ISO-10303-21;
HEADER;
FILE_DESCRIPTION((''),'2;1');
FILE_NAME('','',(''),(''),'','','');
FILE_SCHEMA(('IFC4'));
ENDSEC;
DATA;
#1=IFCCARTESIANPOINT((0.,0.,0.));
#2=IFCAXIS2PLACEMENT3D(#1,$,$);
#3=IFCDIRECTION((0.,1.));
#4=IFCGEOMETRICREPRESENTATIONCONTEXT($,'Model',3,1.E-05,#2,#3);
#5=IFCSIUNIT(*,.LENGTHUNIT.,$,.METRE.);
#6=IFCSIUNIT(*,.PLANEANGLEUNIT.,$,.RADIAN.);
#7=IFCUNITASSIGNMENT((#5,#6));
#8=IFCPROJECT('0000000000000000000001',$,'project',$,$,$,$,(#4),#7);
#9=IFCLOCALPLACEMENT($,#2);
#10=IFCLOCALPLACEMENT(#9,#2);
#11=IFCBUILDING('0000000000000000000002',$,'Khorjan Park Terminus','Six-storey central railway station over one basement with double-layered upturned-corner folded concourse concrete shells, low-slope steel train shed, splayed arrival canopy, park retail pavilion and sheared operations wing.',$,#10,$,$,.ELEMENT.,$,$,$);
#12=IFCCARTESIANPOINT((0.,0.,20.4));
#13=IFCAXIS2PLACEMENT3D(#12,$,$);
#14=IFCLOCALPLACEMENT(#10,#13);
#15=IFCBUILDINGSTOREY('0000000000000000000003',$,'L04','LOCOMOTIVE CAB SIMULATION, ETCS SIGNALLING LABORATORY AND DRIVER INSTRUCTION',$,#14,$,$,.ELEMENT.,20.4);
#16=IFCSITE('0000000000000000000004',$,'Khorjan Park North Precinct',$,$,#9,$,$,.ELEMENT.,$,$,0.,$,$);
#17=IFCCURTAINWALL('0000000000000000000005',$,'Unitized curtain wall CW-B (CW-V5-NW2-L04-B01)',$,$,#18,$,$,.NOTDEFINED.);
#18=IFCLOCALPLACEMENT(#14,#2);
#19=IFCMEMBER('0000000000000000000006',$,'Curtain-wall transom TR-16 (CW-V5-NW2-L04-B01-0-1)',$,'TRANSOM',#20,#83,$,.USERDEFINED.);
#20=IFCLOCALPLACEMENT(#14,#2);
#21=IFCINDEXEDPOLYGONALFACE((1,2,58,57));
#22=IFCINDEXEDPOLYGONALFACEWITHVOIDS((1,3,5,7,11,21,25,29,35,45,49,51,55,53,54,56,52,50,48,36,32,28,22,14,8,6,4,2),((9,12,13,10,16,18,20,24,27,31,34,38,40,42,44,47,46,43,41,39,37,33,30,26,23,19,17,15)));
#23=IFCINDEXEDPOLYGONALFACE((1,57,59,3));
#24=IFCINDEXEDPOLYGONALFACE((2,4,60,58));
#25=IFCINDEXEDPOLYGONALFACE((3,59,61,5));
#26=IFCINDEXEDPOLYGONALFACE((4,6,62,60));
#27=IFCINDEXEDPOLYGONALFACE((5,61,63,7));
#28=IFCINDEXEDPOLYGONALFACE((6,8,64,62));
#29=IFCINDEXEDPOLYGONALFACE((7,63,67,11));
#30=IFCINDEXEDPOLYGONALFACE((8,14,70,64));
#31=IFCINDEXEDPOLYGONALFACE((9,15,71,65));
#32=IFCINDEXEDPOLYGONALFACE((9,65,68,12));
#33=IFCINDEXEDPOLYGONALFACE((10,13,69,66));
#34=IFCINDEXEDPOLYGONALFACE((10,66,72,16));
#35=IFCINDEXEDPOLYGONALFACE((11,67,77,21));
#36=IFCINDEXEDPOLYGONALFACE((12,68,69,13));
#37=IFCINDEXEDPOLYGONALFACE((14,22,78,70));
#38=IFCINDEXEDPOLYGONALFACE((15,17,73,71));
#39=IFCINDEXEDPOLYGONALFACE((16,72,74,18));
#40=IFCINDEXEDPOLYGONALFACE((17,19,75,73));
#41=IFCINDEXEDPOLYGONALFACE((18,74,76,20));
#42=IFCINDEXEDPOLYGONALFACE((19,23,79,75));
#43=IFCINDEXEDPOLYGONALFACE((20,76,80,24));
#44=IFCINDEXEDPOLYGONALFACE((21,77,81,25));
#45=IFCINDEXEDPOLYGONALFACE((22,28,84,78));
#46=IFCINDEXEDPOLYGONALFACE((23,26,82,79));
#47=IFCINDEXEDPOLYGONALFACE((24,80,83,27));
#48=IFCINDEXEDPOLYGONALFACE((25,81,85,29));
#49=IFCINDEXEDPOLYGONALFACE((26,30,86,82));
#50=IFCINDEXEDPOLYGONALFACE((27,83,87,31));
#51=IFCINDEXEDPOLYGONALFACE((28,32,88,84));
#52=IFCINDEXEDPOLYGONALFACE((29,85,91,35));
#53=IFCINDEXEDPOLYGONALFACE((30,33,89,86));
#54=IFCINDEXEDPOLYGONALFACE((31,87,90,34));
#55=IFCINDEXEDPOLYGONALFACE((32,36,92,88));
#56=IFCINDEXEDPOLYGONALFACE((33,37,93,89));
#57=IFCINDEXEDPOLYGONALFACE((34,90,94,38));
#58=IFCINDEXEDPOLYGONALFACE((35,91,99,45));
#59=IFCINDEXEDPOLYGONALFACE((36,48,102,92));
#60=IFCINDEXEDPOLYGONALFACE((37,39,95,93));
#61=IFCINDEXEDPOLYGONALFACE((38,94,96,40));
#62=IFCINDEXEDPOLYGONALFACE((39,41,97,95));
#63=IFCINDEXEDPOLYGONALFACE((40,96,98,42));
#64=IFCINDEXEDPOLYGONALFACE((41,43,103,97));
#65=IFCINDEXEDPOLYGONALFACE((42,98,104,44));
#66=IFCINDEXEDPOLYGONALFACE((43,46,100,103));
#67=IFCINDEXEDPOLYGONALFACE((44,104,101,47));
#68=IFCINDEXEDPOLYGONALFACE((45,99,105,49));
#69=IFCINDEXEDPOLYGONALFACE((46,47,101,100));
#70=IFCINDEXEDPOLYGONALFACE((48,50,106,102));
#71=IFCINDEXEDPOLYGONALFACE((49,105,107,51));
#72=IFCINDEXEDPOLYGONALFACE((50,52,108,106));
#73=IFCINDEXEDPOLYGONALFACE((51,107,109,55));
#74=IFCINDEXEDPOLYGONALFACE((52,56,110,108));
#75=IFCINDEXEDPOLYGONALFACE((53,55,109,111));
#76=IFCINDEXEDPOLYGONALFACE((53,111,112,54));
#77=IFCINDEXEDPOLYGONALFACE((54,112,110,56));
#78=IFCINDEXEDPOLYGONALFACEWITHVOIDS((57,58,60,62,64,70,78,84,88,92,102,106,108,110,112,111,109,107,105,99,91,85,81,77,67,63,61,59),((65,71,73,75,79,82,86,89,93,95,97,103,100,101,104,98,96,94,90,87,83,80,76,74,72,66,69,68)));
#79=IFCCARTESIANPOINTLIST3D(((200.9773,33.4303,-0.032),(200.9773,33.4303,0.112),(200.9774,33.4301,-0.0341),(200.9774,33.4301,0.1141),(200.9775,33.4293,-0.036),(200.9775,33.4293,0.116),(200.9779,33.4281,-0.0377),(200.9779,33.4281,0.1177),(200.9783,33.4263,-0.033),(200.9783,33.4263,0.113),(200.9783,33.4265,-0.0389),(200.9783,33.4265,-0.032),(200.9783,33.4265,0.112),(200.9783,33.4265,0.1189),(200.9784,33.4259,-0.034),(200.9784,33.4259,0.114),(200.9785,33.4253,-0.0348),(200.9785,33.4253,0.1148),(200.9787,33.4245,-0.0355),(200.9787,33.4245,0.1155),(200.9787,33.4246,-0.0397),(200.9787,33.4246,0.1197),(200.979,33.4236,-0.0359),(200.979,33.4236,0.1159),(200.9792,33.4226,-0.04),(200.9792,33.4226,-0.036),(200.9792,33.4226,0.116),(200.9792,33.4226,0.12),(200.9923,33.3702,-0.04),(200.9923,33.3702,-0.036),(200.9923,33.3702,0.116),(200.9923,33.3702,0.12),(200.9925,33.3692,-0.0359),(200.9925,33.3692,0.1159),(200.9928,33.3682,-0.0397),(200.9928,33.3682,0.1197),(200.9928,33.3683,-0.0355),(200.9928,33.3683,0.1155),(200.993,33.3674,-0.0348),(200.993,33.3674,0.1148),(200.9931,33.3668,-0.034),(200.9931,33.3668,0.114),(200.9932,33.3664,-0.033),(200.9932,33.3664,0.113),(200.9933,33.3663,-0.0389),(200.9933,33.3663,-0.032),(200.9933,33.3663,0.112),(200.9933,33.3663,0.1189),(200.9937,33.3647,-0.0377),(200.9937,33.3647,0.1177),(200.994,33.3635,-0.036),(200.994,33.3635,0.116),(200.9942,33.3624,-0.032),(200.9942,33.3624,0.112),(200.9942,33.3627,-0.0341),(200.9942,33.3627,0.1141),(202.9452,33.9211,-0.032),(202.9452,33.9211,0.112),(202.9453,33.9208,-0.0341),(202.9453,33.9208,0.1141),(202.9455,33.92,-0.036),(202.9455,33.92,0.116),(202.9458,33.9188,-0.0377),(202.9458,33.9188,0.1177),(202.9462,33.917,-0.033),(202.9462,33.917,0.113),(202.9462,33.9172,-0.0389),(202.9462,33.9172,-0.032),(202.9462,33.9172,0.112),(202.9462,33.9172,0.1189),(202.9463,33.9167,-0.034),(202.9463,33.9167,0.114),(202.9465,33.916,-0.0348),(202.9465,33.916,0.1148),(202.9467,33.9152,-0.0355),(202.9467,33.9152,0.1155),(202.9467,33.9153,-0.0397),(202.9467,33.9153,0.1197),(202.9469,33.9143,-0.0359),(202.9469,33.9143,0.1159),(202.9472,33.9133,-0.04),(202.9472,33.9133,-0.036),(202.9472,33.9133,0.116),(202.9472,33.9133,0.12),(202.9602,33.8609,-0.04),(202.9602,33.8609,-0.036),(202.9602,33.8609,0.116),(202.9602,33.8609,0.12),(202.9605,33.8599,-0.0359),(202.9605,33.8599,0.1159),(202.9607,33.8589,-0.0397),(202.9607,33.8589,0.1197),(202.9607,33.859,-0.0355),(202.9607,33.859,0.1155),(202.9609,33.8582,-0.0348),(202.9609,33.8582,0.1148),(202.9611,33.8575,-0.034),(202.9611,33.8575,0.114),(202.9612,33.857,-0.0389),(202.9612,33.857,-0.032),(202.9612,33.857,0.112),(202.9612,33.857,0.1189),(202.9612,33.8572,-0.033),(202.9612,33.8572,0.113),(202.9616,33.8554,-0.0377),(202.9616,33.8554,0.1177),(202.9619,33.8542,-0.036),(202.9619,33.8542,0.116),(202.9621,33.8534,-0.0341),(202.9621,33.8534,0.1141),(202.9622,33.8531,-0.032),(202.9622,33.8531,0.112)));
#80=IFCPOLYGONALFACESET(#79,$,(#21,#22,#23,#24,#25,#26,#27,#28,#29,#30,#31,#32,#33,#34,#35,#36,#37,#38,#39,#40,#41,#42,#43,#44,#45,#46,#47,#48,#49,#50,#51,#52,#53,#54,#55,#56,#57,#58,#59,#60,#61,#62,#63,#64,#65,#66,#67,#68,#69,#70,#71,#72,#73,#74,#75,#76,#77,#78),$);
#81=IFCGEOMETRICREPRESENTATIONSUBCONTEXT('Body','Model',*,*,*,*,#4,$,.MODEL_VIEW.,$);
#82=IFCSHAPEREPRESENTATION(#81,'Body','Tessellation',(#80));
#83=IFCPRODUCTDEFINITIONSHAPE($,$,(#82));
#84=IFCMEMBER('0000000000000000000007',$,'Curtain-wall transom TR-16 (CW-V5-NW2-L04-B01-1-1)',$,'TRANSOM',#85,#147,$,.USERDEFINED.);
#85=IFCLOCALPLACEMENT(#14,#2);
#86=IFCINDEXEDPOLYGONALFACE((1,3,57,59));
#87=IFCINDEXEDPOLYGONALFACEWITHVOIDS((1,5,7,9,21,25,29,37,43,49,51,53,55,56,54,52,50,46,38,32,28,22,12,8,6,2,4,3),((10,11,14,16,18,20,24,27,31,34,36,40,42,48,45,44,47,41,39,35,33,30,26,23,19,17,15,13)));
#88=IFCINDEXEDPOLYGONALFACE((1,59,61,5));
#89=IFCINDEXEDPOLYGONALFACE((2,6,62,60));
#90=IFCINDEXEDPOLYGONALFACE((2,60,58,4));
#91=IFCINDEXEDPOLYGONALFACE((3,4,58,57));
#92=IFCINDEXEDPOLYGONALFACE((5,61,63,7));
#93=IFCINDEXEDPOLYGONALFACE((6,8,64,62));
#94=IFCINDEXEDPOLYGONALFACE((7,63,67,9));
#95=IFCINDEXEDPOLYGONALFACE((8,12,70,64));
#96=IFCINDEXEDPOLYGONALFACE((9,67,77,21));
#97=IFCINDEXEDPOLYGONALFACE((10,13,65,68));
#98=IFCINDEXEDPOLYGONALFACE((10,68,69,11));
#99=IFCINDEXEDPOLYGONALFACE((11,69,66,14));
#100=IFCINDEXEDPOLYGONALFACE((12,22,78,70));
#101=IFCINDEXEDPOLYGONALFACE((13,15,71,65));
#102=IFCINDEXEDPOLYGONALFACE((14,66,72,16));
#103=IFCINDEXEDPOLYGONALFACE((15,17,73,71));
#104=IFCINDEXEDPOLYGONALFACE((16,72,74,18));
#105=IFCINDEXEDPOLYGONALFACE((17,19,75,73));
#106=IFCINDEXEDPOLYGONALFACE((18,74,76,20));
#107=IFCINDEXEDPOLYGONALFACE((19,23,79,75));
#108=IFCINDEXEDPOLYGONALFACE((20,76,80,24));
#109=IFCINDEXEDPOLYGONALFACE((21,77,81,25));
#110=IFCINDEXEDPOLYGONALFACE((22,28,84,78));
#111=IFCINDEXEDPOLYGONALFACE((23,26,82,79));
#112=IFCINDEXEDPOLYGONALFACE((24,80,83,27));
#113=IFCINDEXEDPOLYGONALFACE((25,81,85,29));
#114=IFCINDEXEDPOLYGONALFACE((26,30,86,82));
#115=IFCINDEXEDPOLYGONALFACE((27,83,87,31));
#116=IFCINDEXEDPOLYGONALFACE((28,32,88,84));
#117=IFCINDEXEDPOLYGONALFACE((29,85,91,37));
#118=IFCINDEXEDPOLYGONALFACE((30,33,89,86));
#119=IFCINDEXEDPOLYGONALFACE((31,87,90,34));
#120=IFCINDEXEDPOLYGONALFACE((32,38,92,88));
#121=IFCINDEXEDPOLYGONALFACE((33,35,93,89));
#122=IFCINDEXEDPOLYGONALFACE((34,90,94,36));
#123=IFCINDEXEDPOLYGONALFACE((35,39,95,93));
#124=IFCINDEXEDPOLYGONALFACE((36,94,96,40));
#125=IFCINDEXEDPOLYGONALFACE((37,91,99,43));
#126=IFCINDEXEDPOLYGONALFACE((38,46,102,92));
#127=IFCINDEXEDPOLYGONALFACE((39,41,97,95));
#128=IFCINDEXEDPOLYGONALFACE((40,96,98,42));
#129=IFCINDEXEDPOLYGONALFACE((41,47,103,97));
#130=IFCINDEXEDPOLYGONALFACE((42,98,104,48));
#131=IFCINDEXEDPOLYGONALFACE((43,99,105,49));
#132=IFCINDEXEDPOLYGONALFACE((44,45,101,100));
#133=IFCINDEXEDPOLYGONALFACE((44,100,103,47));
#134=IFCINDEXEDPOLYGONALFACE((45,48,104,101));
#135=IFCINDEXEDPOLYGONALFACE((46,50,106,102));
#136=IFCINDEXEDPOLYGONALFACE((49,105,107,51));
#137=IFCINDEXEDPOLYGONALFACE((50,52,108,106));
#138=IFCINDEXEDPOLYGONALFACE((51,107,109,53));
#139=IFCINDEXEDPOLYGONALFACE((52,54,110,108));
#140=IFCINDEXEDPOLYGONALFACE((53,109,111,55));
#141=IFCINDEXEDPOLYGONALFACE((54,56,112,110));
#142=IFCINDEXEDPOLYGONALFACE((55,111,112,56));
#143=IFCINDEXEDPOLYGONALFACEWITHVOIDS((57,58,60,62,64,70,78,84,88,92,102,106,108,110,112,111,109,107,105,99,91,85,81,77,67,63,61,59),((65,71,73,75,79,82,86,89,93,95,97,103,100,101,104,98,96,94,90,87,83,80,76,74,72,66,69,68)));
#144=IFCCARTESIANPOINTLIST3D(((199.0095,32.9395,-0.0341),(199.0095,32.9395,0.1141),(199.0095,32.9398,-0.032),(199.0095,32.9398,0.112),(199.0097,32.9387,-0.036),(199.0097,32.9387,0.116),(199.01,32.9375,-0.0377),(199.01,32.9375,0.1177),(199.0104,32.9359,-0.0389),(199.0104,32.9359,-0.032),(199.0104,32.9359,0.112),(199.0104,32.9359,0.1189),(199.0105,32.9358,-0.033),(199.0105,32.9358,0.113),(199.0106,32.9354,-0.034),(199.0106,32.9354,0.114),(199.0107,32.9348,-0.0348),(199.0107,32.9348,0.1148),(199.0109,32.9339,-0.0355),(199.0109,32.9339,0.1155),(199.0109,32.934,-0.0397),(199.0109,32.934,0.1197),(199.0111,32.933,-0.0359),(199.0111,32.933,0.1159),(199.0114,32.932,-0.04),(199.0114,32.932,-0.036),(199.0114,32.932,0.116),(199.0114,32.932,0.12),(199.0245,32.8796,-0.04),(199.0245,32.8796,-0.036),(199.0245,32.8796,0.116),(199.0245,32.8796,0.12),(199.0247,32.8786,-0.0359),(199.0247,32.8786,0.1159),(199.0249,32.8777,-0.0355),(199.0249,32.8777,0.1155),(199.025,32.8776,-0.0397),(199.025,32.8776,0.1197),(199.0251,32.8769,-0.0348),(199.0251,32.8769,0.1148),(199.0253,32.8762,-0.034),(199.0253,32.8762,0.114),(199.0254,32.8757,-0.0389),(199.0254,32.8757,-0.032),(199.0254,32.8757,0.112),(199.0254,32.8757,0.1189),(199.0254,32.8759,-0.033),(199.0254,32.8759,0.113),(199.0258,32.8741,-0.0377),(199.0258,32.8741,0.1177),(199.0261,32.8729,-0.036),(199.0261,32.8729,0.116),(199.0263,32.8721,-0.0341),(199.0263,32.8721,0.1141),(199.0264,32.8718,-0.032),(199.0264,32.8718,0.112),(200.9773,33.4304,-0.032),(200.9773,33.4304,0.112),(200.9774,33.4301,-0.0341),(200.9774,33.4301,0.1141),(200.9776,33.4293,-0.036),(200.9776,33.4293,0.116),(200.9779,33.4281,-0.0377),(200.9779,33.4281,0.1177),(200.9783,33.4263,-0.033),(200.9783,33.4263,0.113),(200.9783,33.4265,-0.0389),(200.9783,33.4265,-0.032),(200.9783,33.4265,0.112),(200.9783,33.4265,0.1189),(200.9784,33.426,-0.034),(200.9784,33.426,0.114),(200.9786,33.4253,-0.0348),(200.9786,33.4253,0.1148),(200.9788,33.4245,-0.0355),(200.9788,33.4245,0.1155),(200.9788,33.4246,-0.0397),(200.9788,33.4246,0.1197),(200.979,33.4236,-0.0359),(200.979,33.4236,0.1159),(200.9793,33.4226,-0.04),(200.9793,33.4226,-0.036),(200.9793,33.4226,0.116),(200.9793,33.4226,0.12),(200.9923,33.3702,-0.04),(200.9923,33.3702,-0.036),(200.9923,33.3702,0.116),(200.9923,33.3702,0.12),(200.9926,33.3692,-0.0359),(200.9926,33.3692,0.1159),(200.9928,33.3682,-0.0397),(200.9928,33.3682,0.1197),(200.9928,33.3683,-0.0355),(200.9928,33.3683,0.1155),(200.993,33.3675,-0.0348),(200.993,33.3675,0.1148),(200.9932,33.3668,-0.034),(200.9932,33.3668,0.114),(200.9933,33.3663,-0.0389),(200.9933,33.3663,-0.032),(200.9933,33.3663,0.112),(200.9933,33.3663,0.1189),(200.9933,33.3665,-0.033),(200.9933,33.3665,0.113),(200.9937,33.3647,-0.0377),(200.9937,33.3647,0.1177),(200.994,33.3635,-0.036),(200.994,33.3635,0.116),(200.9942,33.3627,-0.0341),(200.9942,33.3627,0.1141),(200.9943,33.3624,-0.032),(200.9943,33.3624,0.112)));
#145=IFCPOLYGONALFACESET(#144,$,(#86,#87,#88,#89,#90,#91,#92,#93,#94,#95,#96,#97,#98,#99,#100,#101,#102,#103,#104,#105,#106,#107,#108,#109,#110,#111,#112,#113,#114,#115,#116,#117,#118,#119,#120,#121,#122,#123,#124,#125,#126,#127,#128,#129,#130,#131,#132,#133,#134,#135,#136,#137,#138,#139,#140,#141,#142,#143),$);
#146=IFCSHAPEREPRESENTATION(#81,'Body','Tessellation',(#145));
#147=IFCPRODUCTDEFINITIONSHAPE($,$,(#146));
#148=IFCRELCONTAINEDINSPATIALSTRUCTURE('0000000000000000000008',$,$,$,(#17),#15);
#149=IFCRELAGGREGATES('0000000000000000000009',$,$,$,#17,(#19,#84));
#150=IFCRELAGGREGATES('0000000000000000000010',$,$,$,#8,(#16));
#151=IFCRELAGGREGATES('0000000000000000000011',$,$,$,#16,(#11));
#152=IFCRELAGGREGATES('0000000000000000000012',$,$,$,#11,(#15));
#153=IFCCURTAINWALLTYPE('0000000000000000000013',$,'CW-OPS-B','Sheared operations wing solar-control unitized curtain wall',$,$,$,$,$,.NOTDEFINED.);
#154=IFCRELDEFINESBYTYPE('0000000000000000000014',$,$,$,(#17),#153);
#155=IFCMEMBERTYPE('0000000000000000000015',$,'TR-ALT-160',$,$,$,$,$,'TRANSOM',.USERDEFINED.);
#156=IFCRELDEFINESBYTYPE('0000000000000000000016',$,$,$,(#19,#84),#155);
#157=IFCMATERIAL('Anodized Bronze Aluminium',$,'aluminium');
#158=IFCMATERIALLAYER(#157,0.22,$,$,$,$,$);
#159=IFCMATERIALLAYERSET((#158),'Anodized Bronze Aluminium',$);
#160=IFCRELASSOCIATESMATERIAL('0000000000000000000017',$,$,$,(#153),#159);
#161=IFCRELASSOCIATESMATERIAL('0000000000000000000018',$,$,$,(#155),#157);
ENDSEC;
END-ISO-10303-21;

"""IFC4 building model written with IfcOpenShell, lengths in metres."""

from ifc_helpers import new_model, si_unit, direction, frame, origin, origin_2d, place, context, subcontext, project, spatial, hollow_rectangle, extrude, material, layer, layer_set, material_profile, profile_set, type_object, element, aggregate, save


model = new_model("IFC4")

# Units and contexts
model_context = context("Model", 3, precision=1e-05, world=origin(), true_north=direction((0.0, 1.0)))
body_context = subcontext(model_context, "Body", "Model", "MODEL_VIEW")
ifc_project = project(units=[si_unit("LENGTHUNIT", "METRE"), si_unit("PLANEANGLEUNIT", "RADIAN")], contexts=[model_context])

# Site, building, storey
site_placement = place(None, origin())
site = spatial("IfcSite", under=ifc_project, at=site_placement, Name="Khorjan Park North Precinct", CompositionType="ELEMENT", RefElevation=0.0)
building_placement = place(site_placement, origin())
building = spatial("IfcBuilding", under=site, at=building_placement, Name="Khorjan Park Terminus", Description="Six-storey central railway station over one basement with double-layered upturned-corner folded concourse concrete shells, low-slope steel train shed, splayed arrival canopy, park retail pavilion and sheared operations wing.", CompositionType="ELEMENT")
storey_placement = place(building_placement, frame((0.0, 0.0, 20.4)))
storey = spatial("IfcBuildingStorey", under=building, at=storey_placement, Name="L04", Description="LOCOMOTIVE CAB SIMULATION, ETCS SIGNALLING LABORATORY AND DRIVER INSTRUCTION", CompositionType="ELEMENT", Elevation=20.4)

# Curtain wall, members
ifc_material_1 = material(Name="Anodized Bronze Aluminium", Category="aluminium")
ifc_layer_1 = layer(ifc_material_1, 0.22)
ifc_layer_set_1 = layer_set([ifc_layer_1], Name="Anodized Bronze Aluminium")
curtain_wall_type = type_object("IfcCurtainWallType", Name="CW-OPS-B", Description="Sheared operations wing solar-control unitized curtain wall", PredefinedType="NOTDEFINED", material=ifc_layer_set_1)
curtain_wall_placement = place(storey_placement, origin())
curtain_wall = element("IfcCurtainWall", 1, at=curtain_wall_placement, inside=storey, type_object=curtain_wall_type, Name="Unitized curtain wall CW-B (CW-V5-NW2-L04-B01)", PredefinedType="NOTDEFINED")
ifc_material_profile_1 = material_profile(ifc_material_1, hollow_rectangle(XDim=0.07, YDim=0.16, WallThickness=0.004, InnerFilletRadius=0.004, OuterFilletRadius=0.008, at=origin_2d()), Name="ALT 70x160x4")
ifc_profile_set_1 = profile_set([ifc_material_profile_1], Name="Anodized Bronze Aluminium")
member_type_1 = type_object("IfcMemberType", Name="TR-ALT-160", ElementType="TRANSOM", PredefinedType="USERDEFINED", material=ifc_profile_set_1)
member_1_placement = place(storey_placement, frame((202.9537, 33.8871, 0.04), z_axis=(-0.97029, -0.241944, 0.0), x_axis=(0.241944, -0.97029, 0.0)))
member_1 = element("IfcMember", 2, at=member_1_placement, type_object=member_type_1, Name="Curtain-wall transom TR-16 (CW-V5-NW2-L04-B01-0-1)", ObjectType="TRANSOM", PredefinedType="USERDEFINED", context=body_context, shape_type="SweptSolid", body=[
    extrude(hollow_rectangle(XDim=0.07, YDim=0.16, WallThickness=0.004, InnerFilletRadius=0.004, OuterFilletRadius=0.008, at=origin_2d()), origin(), (0.0, 0.0, 1.0), 2.0282),
])
member_2_placement = place(storey_placement, frame((200.9858, 33.3964, 0.04), z_axis=(-0.970302, -0.241897, 0.0), x_axis=(0.241897, -0.970302, 0.0)))
member_2 = element("IfcMember", 3, at=member_2_placement, type_object=member_type_1, Name="Curtain-wall transom TR-16 (CW-V5-NW2-L04-B01-1-1)", ObjectType="TRANSOM", PredefinedType="USERDEFINED", context=body_context, shape_type="SweptSolid", body=[
    extrude(hollow_rectangle(XDim=0.07, YDim=0.16, WallThickness=0.004, InnerFilletRadius=0.004, OuterFilletRadius=0.008, at=origin_2d()), origin(), (0.0, 0.0, 1.0), 2.0281),
])
aggregate(curtain_wall, [member_1, member_2])

save(model, "model.ifc")
